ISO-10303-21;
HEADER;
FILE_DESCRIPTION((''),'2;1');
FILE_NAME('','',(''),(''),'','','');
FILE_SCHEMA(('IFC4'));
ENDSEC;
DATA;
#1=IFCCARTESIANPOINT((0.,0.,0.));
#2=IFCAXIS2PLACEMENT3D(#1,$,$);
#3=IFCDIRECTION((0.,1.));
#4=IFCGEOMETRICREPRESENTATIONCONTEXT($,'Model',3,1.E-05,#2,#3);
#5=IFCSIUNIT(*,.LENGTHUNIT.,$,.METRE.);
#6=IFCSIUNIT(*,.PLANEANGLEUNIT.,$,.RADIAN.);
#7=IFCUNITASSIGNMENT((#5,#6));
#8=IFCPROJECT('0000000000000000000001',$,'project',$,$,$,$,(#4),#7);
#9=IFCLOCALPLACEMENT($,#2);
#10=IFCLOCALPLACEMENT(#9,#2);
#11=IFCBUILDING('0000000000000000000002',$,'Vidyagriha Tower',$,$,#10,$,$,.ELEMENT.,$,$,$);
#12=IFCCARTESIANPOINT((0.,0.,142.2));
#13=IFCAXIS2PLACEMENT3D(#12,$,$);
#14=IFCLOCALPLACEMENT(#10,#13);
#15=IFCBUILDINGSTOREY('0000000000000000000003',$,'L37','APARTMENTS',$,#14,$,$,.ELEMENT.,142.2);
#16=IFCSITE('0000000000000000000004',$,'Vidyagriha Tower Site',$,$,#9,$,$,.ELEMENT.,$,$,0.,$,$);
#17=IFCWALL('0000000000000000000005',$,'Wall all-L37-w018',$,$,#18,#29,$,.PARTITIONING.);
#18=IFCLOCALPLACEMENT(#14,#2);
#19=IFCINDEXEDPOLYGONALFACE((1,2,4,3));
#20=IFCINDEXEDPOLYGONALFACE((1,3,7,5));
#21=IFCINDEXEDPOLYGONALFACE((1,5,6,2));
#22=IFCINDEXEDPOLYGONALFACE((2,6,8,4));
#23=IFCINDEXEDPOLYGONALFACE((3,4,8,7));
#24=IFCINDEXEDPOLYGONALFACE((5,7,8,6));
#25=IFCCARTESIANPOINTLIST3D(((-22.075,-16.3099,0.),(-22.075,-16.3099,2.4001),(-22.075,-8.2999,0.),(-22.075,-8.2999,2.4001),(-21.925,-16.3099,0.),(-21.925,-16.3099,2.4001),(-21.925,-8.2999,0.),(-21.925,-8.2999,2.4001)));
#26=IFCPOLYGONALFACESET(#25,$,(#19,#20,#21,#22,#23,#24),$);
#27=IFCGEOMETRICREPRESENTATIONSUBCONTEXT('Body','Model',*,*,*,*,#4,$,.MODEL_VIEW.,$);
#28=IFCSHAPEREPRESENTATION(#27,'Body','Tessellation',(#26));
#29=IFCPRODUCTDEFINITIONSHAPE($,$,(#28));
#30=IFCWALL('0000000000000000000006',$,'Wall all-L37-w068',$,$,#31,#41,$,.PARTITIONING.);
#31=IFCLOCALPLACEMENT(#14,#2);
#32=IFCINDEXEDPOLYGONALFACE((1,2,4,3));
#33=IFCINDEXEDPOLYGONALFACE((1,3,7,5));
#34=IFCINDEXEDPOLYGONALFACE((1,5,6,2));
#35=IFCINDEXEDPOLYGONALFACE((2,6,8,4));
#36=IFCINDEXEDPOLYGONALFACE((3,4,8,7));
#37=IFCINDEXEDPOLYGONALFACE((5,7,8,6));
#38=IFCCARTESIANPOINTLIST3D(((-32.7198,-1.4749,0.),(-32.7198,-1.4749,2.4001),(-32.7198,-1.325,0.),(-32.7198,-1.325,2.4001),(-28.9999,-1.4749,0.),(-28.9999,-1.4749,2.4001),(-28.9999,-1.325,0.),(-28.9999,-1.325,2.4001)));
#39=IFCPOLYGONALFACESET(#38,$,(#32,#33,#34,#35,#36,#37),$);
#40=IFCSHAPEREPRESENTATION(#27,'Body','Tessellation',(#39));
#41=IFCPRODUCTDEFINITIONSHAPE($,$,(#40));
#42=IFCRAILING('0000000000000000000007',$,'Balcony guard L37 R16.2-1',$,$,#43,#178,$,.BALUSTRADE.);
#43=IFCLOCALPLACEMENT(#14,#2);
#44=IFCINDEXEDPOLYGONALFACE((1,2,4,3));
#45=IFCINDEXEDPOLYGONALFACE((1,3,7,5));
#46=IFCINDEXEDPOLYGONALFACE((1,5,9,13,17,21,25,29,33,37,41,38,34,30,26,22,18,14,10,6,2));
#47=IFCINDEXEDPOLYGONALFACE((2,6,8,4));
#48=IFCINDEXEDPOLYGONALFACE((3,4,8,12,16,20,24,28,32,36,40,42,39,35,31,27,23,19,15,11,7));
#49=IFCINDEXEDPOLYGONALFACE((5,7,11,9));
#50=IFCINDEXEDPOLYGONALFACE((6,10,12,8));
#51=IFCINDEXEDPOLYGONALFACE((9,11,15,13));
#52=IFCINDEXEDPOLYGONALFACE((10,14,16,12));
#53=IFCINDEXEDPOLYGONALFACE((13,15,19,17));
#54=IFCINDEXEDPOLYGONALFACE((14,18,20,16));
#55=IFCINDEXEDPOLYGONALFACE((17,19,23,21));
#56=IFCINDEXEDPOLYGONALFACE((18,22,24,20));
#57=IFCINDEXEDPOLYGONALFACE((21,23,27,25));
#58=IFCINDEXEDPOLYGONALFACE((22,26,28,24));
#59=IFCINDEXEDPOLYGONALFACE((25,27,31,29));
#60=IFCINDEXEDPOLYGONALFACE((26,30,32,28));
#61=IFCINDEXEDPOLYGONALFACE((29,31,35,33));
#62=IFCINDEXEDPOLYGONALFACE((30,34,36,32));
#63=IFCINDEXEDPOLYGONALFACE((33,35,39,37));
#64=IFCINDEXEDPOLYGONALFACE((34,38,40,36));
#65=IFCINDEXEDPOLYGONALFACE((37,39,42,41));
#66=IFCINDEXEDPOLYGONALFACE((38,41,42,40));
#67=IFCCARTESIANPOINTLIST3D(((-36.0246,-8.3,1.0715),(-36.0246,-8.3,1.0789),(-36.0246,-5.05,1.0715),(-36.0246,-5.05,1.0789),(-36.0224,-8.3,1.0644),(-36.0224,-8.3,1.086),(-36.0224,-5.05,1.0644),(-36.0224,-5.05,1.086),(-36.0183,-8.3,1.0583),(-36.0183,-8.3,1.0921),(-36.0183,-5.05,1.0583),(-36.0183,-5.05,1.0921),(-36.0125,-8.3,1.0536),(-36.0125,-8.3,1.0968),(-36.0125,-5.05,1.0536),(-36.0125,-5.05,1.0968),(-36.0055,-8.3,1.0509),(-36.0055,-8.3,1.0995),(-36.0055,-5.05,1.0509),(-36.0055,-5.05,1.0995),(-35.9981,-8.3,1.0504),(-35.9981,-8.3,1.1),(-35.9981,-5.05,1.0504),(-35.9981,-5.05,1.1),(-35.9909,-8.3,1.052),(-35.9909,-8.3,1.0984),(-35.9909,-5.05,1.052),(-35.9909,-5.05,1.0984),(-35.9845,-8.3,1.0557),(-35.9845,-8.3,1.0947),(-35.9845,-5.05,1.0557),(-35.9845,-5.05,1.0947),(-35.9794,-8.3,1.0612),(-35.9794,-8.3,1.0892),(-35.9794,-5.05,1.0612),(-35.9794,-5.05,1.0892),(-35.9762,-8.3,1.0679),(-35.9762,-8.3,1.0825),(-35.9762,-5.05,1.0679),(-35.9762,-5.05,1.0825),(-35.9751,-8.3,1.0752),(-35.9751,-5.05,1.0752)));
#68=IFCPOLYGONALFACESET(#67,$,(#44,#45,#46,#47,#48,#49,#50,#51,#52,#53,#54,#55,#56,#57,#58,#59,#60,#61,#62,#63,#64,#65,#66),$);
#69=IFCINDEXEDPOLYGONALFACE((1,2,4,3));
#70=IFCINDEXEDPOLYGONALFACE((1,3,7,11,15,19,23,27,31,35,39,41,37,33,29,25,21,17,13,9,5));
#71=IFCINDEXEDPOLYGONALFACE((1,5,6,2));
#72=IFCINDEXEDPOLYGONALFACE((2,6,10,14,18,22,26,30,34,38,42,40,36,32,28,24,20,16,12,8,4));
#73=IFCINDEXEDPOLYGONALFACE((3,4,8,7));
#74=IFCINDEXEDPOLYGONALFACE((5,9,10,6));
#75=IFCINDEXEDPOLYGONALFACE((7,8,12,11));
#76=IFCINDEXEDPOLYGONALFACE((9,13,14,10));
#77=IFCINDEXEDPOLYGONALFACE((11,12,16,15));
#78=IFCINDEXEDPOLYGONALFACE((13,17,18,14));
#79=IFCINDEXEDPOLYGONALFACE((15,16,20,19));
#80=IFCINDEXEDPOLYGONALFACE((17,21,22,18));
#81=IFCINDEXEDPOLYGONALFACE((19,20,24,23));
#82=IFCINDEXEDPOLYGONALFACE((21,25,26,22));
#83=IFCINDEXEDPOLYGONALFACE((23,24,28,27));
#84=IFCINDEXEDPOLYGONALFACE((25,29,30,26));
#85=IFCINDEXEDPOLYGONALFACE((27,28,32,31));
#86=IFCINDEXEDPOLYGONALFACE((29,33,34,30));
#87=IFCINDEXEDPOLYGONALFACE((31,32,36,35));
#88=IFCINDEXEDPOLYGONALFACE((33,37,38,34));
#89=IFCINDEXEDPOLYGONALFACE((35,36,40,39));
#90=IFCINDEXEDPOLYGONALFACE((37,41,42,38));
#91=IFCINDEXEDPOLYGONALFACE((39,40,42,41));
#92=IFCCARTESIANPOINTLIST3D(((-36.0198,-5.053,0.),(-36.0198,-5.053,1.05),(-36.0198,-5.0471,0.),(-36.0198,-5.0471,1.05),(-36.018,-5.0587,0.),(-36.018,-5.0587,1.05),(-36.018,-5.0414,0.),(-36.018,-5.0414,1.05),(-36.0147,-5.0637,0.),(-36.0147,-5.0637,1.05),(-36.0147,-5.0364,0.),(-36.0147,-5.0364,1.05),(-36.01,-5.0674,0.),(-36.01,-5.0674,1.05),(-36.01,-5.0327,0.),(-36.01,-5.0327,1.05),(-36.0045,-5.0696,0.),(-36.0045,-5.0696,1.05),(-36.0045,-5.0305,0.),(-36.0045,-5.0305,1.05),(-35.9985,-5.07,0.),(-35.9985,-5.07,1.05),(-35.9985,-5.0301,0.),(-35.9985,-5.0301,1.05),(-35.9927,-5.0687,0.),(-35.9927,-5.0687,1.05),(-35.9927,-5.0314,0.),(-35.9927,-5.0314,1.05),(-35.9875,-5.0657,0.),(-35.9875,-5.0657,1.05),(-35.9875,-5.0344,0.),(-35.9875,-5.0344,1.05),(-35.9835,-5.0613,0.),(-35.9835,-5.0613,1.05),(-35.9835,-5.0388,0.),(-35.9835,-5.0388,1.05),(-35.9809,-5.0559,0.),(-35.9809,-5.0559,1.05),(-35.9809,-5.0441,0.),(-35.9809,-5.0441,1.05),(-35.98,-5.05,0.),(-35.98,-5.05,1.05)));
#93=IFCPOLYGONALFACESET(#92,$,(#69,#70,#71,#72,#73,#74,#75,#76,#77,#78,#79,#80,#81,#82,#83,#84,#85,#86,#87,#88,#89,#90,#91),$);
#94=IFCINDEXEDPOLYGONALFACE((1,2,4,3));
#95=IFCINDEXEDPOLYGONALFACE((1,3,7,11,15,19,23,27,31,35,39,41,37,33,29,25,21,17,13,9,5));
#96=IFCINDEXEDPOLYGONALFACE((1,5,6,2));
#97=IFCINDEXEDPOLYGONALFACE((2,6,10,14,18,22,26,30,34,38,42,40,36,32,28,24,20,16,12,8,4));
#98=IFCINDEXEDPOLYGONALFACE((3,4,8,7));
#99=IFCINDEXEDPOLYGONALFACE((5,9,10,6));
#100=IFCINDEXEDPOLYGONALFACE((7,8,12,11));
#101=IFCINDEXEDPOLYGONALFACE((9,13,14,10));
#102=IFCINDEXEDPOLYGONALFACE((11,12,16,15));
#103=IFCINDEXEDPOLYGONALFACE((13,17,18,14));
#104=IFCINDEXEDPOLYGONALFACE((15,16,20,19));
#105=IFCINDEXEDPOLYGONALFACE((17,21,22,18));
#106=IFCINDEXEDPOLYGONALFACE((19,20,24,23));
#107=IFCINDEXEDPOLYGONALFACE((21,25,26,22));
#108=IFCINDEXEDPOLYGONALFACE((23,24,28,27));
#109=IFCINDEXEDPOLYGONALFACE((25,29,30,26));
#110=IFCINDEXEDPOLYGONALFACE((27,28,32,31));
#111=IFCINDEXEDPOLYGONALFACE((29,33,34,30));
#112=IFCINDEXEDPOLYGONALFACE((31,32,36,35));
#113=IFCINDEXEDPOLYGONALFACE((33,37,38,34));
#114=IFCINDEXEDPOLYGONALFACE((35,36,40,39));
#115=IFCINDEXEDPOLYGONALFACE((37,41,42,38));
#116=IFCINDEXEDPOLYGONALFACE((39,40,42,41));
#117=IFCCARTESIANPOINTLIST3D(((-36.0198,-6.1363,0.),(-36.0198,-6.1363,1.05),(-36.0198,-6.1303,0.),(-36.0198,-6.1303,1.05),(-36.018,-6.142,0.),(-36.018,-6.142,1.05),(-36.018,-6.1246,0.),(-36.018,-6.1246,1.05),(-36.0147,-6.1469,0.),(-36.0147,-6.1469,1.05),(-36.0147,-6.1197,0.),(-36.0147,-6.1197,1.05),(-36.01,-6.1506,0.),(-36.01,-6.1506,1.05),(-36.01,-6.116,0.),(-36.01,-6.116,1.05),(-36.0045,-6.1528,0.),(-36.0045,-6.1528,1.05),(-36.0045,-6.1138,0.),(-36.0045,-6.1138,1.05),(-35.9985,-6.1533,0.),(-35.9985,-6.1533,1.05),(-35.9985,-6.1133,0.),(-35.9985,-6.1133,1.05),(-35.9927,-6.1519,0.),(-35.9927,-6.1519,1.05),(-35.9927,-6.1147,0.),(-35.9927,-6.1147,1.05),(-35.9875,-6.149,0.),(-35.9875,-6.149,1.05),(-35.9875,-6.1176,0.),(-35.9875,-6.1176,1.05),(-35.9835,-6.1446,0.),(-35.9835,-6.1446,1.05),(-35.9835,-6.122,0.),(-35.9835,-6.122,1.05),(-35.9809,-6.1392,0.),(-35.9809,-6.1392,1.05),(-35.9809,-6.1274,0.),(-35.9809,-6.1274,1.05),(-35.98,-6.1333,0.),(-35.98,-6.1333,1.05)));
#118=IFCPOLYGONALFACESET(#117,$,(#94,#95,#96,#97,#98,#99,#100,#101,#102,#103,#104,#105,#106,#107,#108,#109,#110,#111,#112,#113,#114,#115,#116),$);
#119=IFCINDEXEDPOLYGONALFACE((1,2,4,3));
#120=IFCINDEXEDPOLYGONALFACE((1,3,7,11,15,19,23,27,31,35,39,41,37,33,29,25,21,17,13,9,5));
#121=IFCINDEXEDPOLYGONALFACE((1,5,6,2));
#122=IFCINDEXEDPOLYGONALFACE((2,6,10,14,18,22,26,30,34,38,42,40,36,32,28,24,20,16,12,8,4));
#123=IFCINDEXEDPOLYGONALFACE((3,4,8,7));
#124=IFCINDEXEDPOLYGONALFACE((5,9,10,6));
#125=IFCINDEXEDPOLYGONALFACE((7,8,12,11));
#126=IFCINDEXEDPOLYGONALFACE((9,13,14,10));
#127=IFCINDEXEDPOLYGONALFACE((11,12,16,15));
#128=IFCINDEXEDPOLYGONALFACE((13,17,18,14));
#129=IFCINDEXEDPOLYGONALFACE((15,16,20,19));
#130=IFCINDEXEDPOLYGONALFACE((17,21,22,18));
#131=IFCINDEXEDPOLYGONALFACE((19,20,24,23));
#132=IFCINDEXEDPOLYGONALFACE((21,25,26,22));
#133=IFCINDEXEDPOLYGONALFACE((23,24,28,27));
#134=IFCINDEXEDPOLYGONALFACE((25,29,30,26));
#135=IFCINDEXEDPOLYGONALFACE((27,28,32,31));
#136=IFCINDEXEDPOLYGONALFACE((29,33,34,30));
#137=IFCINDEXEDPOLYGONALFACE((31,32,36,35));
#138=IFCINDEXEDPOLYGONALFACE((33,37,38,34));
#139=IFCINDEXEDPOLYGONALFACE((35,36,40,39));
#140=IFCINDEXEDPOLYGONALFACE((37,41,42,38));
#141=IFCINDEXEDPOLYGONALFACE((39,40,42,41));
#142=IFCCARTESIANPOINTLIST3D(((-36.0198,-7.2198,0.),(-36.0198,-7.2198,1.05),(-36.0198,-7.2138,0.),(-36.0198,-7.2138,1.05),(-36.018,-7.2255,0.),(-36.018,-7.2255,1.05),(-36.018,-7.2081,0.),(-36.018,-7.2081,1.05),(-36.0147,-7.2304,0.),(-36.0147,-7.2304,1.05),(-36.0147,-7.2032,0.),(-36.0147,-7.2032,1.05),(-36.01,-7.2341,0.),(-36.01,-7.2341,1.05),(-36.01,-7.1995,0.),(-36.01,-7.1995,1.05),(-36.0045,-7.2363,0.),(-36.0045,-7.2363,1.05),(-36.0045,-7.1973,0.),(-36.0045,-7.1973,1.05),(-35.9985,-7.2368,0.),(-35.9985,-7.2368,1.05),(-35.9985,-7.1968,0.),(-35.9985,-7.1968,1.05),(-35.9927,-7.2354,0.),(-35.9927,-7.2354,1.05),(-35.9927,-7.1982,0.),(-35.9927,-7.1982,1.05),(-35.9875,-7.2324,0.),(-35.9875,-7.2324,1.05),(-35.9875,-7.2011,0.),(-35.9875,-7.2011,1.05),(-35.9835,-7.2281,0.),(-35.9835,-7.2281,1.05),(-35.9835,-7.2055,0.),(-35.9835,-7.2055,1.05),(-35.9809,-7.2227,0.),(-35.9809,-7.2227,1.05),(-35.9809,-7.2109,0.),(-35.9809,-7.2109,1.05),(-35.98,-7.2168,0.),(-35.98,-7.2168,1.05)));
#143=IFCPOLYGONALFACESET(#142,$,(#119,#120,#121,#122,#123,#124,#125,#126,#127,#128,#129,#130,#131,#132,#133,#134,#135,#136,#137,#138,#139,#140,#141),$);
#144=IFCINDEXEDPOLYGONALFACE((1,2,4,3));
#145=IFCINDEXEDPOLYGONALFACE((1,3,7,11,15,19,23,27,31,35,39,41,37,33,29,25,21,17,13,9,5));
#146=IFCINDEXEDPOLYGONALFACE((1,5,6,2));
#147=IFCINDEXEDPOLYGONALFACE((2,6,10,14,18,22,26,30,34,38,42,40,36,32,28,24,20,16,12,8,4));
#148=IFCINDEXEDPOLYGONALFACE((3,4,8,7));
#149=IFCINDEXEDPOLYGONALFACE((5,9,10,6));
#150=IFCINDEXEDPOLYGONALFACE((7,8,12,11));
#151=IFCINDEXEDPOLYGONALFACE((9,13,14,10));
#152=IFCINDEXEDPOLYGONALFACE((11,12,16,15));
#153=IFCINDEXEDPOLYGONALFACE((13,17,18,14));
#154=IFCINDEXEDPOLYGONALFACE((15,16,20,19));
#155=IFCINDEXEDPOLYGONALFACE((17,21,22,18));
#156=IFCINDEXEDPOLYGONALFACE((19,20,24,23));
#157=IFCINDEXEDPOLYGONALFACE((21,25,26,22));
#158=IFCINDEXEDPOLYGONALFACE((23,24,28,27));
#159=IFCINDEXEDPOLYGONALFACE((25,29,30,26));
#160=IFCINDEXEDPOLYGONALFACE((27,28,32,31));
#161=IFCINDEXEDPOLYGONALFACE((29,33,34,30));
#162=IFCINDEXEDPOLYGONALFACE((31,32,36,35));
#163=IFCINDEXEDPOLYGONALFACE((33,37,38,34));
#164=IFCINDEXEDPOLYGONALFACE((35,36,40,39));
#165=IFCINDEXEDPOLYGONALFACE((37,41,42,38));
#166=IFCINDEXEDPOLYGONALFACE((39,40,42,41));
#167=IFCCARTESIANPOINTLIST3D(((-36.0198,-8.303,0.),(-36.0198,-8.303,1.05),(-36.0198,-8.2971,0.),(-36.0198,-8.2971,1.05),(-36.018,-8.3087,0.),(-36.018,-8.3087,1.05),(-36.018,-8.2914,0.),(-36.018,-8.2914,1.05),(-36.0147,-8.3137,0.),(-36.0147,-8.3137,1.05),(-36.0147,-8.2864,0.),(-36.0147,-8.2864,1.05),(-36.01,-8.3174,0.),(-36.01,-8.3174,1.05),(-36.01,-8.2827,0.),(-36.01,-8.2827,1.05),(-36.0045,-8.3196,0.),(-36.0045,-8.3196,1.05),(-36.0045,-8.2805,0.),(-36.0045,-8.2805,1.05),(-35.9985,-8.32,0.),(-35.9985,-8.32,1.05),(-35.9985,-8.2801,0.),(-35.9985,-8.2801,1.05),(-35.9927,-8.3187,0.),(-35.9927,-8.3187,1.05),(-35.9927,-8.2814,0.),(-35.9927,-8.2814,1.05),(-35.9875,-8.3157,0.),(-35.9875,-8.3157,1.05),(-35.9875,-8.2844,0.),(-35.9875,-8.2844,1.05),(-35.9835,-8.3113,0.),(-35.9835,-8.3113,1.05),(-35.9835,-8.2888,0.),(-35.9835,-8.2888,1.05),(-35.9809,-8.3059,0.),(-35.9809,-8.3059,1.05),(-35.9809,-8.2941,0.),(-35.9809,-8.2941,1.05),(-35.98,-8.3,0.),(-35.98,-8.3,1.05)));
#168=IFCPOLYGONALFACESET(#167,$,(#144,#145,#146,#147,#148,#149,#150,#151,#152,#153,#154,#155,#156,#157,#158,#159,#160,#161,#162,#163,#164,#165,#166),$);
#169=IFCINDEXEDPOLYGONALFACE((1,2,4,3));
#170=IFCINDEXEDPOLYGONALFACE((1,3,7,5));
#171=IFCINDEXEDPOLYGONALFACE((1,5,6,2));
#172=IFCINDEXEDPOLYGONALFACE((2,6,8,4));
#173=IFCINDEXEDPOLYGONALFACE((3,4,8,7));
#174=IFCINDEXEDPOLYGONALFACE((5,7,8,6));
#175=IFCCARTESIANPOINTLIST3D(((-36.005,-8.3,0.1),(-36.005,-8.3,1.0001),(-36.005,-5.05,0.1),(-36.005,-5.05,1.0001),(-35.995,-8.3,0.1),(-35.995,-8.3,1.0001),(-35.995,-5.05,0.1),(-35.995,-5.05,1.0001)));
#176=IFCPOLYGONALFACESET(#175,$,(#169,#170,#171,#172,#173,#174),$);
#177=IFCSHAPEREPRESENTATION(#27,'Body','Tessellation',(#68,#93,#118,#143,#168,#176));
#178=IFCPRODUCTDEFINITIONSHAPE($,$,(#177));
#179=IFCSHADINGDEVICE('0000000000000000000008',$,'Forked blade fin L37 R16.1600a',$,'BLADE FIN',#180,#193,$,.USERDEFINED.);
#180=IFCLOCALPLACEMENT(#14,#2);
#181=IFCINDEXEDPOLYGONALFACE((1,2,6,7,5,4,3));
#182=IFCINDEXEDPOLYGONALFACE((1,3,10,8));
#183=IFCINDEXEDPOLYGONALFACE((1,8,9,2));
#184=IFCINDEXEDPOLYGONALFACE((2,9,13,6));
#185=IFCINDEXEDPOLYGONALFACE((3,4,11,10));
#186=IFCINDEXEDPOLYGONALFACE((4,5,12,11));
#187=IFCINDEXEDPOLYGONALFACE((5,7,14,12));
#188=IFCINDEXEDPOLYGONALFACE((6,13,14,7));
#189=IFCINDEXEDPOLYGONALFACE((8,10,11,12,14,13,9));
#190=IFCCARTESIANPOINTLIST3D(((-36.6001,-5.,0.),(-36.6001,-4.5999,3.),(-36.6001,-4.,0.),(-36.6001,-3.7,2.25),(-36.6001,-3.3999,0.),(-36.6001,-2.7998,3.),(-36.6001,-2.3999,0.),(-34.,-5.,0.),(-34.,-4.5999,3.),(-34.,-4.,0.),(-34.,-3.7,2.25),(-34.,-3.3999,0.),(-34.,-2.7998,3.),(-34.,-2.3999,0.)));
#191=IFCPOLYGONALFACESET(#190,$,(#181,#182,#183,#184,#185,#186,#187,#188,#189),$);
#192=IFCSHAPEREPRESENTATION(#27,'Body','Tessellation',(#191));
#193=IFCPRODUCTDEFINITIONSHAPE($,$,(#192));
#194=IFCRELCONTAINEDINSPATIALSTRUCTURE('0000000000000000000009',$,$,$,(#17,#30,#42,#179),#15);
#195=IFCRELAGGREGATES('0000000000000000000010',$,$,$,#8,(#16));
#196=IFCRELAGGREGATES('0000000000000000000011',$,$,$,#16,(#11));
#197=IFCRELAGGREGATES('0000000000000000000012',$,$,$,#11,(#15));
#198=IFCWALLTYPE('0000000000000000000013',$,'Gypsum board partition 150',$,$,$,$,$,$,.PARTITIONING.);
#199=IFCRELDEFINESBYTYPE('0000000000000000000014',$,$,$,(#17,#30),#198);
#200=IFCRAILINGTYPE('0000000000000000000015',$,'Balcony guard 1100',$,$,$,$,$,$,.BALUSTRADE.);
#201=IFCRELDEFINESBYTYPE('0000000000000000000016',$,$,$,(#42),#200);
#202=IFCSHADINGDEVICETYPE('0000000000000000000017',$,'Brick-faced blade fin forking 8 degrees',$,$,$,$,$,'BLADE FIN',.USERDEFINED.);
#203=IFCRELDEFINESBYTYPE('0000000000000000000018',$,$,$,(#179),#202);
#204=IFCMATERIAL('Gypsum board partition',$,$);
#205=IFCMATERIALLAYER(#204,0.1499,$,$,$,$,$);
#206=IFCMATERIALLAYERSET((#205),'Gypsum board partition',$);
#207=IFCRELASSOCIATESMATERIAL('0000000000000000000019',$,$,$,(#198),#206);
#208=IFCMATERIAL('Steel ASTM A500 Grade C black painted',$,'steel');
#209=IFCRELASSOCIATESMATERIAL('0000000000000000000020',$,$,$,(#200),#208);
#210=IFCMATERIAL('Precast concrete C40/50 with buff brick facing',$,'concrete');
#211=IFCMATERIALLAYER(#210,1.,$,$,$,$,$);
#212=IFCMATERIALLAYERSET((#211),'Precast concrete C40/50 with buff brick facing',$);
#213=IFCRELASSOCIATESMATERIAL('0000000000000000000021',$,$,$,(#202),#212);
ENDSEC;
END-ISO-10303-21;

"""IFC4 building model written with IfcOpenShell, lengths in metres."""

from ifc_helpers import new_model, si_unit, direction, frame, frame_2d, origin, origin_2d, place, context, subcontext, project, spatial, polyline, rectangle, circle, outline, extrude, material, layer, layer_set, type_object, element, save


model = new_model("IFC4")

# Units and contexts
model_context = context("Model", 3, precision=1e-05, world=origin(), true_north=direction((0.0, 1.0)))
body_context = subcontext(model_context, "Body", "Model", "MODEL_VIEW")
ifc_project = project(units=[si_unit("LENGTHUNIT", "METRE"), si_unit("PLANEANGLEUNIT", "RADIAN")], contexts=[model_context])

# Site, building, storey
site_placement = place(None, origin())
site = spatial("IfcSite", under=ifc_project, at=site_placement, Name="Vidyagriha Tower Site", CompositionType="ELEMENT", RefElevation=0.0)
building_placement = place(site_placement, origin())
building = spatial("IfcBuilding", under=site, at=building_placement, Name="Vidyagriha Tower", CompositionType="ELEMENT")
storey_placement = place(building_placement, frame((0.0, 0.0, 142.2)))
storey = spatial("IfcBuildingStorey", under=building, at=storey_placement, Name="L37", Description="APARTMENTS", CompositionType="ELEMENT", Elevation=142.2)

# Shared definitions
ifc_material_1 = material(Name="Gypsum board partition")
ifc_layer_1 = layer(ifc_material_1, 0.1499)
ifc_layer_set_1 = layer_set([ifc_layer_1], Name="Gypsum board partition")
wall_type_1 = type_object("IfcWallType", Name="Gypsum board partition 150", PredefinedType="PARTITIONING", material=ifc_layer_set_1)

# Walls
wall_1_placement = place(storey_placement, frame((-22.0, -8.3, 0.0), z_axis=(0.0, 0.0, 1.0), x_axis=(0.0, -1.0, 0.0)))
element("IfcWall", 1, at=wall_1_placement, inside=storey, type_object=wall_type_1, Name="Wall all-L37-w018", PredefinedType="PARTITIONING", context=body_context, shape_type="SweptSolid", body=[
    extrude(rectangle(XDim=8.01, YDim=0.1499, at=frame_2d((4.0049, 0.0))), origin(), (0.0, 0.0, 1.0), 2.4001),
])
wall_2_placement = place(storey_placement, frame((-29.0, -1.3999, 0.0), z_axis=(0.0, 0.0, 1.0), x_axis=(-1.0, 0.0, 0.0)))
element("IfcWall", 2, at=wall_2_placement, inside=storey, type_object=wall_type_1, Name="Wall all-L37-w068", PredefinedType="PARTITIONING", context=body_context, shape_type="SweptSolid", body=[
    extrude(rectangle(XDim=3.72, YDim=0.1499, at=frame_2d((1.8599, 0.0))), origin(), (0.0, 0.0, 1.0), 2.4001),
])

# Railing
ifc_material_2 = material(Name="Steel ASTM A500 Grade C black painted", Category="steel")
railing_type_1 = type_object("IfcRailingType", Name="Balcony guard 1100", PredefinedType="BALUSTRADE", material=ifc_material_2)
railing_1_placement = place(storey_placement, frame((-36.0, -5.05, 0.0)))
element("IfcRailing", 3, at=railing_1_placement, inside=storey, type_object=railing_type_1, Name="Balcony guard L37 R16.2-1", PredefinedType="BALUSTRADE", context=body_context, shape_type="SweptSolid", body=[
    extrude(circle(Radius=0.0249, at=origin_2d()), frame((0.0, 0.0, 1.0752), z_axis=(0.0, -1.0, 0.0), x_axis=(1.0, 0.0, 0.0)), (0.0, 0.0, 1.0), 3.25),
    extrude(circle(Radius=0.02, at=origin_2d()), origin(), (0.0, 0.0, 1.0), 1.05),
    extrude(circle(Radius=0.02, at=origin_2d()), frame((0.0, -1.0833, 0.0)), (0.0, 0.0, 1.0), 1.05),
    extrude(circle(Radius=0.02, at=origin_2d()), frame((0.0, -2.1667, 0.0)), (0.0, 0.0, 1.0), 1.05),
    extrude(circle(Radius=0.02, at=origin_2d()), frame((0.0, -3.25, 0.0)), (0.0, 0.0, 1.0), 1.05),
    extrude(rectangle(XDim=0.01, YDim=0.9001, at=origin_2d()), frame((0.0, 0.0, 0.55), z_axis=(0.0, -1.0, 0.0), x_axis=(1.0, 0.0, 0.0)), (0.0, 0.0, 1.0), 3.25),
])

# Shading device
ifc_material_3 = material(Name="Precast concrete C40/50 with buff brick facing", Category="concrete")
ifc_layer_2 = layer(ifc_material_3, 1.0)
ifc_layer_set_2 = layer_set([ifc_layer_2], Name="Precast concrete C40/50 with buff brick facing")
shading_device_type_1 = type_object("IfcShadingDeviceType", Name="Brick-faced blade fin forking 8 degrees", ElementType="BLADE FIN", PredefinedType="USERDEFINED", material=ifc_layer_set_2)
shading_device_1_placement = place(storey_placement, frame((-35.3, -2.3999, 0.0), z_axis=(0.0, 0.0, 1.0), x_axis=(0.0, -1.0, 0.0)))
element("IfcShadingDevice", 4, at=shading_device_1_placement, inside=storey, type_object=shading_device_type_1, Name="Forked blade fin L37 R16.1600a", ObjectType="BLADE FIN", PredefinedType="USERDEFINED", context=body_context, shape_type="SweptSolid", body=[
    extrude(outline(polyline([(1.0, 0.0), (1.3, 2.25), (1.6001, 0.0), (2.6001, 0.0), (2.2, 3.0), (0.3999, 3.0), (0.0, 0.0), (1.0, 0.0)])), frame((0.0, 1.3, 0.0), z_axis=(0.0, -1.0, 0.0), x_axis=(1.0, 0.0, 0.0)), (0.0, 0.0, 1.0), 2.6001),
])

save(model, "model.ifc")
